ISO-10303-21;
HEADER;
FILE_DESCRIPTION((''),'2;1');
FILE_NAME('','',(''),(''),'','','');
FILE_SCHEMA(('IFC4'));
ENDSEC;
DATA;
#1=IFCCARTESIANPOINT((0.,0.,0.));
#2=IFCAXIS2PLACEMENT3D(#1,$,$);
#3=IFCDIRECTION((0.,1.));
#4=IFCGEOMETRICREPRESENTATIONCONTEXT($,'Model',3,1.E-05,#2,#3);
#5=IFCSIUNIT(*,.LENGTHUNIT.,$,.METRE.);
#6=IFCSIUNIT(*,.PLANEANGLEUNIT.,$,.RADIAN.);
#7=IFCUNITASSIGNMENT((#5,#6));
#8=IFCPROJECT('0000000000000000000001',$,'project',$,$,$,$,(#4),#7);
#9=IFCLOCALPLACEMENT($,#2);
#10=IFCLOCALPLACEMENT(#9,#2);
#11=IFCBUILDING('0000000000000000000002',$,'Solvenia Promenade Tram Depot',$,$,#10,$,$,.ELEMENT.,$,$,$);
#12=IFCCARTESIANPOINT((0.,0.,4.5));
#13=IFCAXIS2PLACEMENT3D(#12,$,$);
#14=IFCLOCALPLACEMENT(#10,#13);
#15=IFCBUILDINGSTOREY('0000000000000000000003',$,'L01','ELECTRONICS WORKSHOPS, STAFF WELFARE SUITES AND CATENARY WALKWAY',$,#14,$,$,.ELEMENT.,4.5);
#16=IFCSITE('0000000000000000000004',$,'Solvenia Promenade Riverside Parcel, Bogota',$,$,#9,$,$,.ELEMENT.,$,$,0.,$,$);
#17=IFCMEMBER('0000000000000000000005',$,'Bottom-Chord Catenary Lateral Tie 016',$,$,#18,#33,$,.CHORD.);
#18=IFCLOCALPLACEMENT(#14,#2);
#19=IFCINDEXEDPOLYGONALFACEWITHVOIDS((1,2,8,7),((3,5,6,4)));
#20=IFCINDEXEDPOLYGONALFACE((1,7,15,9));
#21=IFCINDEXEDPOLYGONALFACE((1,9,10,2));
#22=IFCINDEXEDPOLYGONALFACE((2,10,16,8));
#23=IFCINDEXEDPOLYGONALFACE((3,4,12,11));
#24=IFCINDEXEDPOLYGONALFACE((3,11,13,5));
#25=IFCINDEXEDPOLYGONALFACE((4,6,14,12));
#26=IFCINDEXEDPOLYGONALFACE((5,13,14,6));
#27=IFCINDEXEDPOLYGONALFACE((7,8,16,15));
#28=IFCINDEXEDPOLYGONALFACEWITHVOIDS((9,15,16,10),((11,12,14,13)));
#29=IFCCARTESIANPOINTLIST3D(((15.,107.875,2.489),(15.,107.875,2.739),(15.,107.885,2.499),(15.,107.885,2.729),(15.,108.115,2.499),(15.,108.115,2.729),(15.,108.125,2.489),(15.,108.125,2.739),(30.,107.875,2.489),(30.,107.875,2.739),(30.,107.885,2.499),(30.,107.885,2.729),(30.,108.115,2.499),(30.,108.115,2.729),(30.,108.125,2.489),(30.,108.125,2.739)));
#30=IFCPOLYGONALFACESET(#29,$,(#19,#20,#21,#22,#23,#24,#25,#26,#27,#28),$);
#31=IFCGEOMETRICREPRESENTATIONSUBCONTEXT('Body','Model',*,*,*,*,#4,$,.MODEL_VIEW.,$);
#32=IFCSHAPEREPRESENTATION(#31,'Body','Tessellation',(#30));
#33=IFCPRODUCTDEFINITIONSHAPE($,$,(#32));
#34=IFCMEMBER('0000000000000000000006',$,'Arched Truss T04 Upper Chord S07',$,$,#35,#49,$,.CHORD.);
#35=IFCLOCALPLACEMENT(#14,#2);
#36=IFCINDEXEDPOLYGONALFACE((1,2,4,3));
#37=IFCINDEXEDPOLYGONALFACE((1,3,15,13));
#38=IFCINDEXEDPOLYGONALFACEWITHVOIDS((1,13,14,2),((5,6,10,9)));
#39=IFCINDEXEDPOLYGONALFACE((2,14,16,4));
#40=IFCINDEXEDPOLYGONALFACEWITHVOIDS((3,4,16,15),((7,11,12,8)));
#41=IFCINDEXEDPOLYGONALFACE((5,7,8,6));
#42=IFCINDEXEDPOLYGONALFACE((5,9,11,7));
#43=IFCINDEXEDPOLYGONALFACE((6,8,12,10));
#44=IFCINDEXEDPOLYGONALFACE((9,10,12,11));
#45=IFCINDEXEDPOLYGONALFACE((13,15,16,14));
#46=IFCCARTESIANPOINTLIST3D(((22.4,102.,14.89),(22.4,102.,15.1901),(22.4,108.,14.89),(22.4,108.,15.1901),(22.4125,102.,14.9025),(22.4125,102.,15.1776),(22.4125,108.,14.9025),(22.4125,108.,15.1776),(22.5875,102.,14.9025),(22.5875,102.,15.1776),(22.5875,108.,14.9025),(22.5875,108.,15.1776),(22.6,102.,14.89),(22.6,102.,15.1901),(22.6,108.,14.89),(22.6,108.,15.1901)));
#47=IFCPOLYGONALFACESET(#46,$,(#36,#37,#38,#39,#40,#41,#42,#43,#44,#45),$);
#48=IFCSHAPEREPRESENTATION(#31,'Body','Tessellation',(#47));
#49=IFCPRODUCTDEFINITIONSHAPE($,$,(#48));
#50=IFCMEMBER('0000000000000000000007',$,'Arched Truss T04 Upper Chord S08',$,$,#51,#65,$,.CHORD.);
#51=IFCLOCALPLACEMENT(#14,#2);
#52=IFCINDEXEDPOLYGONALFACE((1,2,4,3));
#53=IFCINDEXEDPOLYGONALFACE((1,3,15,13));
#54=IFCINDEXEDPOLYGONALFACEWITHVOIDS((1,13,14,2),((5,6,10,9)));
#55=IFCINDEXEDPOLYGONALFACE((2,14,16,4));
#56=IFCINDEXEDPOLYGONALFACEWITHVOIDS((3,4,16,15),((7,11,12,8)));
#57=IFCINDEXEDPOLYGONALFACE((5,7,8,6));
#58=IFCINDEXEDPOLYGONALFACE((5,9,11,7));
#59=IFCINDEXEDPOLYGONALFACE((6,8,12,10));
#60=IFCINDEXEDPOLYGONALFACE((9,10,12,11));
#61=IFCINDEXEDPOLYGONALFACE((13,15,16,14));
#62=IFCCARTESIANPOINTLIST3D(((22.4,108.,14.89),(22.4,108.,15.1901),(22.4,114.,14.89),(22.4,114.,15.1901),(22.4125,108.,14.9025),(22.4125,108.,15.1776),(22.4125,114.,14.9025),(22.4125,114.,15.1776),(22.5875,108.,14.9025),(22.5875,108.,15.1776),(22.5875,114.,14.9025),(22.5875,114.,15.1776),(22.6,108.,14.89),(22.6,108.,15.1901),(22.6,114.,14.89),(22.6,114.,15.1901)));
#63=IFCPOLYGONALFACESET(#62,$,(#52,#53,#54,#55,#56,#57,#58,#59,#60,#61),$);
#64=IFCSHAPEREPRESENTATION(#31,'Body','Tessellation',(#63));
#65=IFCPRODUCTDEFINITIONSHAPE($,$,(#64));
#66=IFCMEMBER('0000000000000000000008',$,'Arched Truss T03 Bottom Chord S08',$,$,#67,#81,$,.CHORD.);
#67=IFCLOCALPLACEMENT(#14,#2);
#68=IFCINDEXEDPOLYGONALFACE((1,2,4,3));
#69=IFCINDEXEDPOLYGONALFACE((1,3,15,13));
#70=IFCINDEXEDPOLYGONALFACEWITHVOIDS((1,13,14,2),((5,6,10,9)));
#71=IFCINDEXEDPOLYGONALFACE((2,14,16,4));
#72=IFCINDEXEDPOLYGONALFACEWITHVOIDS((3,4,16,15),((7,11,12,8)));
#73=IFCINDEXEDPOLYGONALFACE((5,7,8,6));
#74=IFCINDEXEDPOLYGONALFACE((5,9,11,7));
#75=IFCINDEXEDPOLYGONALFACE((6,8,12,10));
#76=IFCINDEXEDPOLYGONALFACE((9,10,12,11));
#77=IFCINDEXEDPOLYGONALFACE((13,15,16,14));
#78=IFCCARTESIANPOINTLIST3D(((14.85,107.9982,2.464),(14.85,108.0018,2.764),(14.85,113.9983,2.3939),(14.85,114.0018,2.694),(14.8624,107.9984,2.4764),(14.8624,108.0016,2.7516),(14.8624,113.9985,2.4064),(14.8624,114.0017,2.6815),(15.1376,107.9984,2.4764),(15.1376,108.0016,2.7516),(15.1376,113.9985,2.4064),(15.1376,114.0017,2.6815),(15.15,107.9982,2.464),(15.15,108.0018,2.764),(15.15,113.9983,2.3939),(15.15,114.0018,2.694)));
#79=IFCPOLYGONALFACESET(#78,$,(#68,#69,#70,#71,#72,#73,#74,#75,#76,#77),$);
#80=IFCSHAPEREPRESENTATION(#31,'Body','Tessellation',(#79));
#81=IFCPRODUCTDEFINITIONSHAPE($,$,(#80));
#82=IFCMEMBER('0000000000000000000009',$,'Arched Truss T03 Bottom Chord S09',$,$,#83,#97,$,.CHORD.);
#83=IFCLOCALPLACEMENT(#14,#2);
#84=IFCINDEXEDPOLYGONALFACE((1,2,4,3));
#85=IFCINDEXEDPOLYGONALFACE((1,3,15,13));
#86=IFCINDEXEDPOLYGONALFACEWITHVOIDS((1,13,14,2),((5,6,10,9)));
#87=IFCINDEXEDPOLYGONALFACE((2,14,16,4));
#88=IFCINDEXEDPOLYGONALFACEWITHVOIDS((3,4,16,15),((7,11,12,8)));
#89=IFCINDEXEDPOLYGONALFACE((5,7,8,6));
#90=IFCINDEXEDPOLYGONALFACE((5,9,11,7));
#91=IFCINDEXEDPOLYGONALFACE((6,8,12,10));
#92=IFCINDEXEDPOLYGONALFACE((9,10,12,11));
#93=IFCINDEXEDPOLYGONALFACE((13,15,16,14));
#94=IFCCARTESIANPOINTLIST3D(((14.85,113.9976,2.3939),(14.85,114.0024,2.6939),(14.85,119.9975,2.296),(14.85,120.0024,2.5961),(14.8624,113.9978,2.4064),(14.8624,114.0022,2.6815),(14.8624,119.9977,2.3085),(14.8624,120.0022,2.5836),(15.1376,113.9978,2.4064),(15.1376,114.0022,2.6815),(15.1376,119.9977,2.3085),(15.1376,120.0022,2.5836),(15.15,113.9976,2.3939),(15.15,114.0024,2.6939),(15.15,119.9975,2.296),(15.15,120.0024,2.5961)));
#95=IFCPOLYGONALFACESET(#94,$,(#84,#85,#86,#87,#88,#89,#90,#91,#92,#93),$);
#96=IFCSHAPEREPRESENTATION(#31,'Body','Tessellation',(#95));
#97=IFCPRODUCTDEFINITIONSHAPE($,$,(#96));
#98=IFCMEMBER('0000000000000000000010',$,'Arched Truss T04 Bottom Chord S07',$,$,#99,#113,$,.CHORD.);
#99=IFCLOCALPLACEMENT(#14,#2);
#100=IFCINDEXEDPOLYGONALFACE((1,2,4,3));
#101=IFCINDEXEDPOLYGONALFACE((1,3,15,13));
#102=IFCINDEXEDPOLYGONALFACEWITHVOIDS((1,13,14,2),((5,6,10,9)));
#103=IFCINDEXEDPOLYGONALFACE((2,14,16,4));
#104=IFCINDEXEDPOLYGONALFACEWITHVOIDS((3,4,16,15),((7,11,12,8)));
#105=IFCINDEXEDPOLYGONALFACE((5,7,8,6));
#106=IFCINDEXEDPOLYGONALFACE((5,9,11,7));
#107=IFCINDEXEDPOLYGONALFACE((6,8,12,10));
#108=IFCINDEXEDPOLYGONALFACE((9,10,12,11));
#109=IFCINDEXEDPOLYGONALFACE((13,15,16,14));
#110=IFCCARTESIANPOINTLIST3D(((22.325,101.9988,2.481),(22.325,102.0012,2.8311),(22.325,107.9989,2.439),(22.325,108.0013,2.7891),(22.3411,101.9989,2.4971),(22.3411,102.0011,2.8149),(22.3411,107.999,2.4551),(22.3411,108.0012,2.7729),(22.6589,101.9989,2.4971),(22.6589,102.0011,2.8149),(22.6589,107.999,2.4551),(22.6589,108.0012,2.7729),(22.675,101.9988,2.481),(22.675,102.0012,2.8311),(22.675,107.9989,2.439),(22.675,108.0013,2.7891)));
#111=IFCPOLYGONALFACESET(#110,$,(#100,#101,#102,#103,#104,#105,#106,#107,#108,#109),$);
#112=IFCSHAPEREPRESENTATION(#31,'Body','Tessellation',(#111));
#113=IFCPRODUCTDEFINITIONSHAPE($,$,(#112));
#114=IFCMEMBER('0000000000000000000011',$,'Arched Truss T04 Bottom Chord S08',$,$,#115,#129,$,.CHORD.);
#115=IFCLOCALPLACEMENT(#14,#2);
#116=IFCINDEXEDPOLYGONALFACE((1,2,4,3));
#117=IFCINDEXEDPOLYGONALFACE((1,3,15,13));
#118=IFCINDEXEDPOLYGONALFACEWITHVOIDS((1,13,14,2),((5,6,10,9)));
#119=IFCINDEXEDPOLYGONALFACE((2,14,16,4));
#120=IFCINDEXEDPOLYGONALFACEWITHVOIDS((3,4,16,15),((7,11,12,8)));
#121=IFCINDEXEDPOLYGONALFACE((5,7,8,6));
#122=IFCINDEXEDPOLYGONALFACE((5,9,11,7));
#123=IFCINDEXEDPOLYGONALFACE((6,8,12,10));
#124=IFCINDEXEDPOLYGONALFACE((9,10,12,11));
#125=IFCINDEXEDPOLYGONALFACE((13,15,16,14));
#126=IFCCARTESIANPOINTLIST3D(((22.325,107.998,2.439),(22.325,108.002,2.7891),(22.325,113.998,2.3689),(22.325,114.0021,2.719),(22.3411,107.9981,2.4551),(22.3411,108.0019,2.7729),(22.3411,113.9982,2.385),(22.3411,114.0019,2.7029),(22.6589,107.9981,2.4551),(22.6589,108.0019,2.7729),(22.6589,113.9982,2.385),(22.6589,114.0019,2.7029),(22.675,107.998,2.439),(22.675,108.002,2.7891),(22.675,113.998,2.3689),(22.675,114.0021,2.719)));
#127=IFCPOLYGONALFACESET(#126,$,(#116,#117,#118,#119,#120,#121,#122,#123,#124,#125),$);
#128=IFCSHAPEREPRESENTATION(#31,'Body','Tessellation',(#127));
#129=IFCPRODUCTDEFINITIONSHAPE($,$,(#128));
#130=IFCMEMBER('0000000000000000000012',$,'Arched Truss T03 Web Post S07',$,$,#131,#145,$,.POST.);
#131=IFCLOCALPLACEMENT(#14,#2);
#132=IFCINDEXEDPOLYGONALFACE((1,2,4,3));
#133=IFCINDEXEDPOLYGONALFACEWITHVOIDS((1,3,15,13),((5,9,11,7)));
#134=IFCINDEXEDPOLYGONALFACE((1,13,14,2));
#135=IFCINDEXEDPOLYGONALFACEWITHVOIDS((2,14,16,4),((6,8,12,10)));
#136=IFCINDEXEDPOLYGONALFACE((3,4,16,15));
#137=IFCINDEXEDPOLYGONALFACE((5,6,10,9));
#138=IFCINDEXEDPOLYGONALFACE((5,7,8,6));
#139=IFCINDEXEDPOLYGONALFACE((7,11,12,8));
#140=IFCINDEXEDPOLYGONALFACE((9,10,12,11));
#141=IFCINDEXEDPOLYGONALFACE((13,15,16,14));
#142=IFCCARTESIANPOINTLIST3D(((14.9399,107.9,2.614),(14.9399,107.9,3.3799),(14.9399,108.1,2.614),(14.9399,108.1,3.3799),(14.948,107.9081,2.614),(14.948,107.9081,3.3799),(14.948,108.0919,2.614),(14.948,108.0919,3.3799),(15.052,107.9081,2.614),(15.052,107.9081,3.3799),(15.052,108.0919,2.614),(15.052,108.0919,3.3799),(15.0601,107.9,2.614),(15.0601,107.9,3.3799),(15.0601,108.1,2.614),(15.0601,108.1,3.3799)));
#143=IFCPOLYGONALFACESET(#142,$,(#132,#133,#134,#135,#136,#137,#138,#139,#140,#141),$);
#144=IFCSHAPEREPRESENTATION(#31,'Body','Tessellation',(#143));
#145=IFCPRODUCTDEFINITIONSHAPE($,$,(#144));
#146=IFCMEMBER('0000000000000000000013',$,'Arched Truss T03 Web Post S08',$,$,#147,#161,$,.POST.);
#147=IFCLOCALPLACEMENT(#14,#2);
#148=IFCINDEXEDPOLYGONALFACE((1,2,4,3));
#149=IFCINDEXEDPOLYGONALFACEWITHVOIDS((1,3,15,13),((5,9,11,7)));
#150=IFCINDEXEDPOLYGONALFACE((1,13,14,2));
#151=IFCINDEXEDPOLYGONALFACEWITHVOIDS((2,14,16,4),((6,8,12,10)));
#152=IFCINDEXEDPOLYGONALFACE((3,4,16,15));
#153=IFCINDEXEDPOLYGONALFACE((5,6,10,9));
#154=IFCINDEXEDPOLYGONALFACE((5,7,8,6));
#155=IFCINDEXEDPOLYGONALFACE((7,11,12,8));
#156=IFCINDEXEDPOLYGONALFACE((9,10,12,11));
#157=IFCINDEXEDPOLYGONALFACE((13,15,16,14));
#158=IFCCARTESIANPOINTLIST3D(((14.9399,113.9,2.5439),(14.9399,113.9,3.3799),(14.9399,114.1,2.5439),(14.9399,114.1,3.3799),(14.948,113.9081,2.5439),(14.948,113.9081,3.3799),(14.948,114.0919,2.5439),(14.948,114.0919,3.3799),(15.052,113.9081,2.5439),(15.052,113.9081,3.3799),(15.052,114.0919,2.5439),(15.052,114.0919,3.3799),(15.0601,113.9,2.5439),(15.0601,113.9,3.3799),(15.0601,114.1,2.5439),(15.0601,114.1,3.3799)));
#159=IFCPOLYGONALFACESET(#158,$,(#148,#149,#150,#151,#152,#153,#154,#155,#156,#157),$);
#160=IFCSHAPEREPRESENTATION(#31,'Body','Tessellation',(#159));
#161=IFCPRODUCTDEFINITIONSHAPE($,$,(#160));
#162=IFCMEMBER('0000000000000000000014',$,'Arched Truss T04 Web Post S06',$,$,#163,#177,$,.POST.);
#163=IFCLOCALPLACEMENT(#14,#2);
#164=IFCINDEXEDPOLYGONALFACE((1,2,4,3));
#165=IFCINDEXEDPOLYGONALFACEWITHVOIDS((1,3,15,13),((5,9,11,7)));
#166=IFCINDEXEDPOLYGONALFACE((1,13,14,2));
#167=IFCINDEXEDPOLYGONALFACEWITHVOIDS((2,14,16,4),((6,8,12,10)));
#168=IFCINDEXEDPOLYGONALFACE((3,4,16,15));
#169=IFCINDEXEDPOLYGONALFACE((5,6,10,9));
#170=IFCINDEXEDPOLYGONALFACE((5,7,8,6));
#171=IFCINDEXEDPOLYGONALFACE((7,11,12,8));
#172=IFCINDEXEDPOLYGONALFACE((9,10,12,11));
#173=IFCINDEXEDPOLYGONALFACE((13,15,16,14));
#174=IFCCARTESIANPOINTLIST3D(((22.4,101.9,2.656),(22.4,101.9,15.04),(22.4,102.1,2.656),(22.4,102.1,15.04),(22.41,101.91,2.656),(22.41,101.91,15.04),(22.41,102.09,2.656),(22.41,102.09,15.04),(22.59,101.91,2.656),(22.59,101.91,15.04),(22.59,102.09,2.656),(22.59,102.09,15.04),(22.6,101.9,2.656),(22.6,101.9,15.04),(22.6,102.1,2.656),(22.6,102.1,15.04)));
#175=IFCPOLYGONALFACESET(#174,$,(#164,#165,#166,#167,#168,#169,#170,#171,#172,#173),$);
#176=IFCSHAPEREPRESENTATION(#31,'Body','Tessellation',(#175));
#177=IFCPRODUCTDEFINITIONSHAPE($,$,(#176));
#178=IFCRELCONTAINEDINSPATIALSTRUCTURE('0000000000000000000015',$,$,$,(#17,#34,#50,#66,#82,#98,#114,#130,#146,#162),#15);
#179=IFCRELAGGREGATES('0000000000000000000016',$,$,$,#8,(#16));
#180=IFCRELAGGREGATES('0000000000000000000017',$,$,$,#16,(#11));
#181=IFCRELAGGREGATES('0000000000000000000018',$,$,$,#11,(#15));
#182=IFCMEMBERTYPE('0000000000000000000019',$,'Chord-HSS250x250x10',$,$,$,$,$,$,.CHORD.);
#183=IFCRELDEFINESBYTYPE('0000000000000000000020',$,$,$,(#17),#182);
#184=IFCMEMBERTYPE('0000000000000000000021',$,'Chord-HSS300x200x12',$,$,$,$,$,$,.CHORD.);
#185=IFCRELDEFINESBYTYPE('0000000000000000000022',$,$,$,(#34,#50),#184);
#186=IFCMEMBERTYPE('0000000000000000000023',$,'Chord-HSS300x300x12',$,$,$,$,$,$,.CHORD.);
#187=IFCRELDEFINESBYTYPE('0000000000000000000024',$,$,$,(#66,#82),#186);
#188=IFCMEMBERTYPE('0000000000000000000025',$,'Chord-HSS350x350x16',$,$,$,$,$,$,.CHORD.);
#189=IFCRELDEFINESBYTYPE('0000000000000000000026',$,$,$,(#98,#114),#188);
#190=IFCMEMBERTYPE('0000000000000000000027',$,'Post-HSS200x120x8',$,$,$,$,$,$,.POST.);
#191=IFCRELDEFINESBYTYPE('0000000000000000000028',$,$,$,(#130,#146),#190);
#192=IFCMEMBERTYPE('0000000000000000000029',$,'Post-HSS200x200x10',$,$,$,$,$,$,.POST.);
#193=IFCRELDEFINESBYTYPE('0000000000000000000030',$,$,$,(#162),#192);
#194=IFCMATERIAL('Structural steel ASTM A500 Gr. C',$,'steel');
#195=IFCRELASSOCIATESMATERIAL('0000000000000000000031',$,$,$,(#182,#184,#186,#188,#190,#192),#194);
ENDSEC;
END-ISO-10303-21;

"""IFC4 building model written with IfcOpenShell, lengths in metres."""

from ifc_helpers import new_model, si_unit, direction, frame, origin, origin_2d, place, context, subcontext, project, spatial, hollow_rectangle, extrude, material, material_profile, profile_set, type_object, element, save


model = new_model("IFC4")

# Units and contexts
model_context = context("Model", 3, precision=1e-05, world=origin(), true_north=direction((0.0, 1.0)))
body_context = subcontext(model_context, "Body", "Model", "MODEL_VIEW")
ifc_project = project(units=[si_unit("LENGTHUNIT", "METRE"), si_unit("PLANEANGLEUNIT", "RADIAN")], contexts=[model_context])

# Site, building, storey
site_placement = place(None, origin())
site = spatial("IfcSite", under=ifc_project, at=site_placement, Name="Solvenia Promenade Riverside Parcel, Bogota", CompositionType="ELEMENT", RefElevation=0.0)
building_placement = place(site_placement, origin())
building = spatial("IfcBuilding", under=site, at=building_placement, Name="Solvenia Promenade Tram Depot", CompositionType="ELEMENT")
storey_placement = place(building_placement, frame((0.0, 0.0, 4.5)))
storey = spatial("IfcBuildingStorey", under=building, at=storey_placement, Name="L01", Description="ELECTRONICS WORKSHOPS, STAFF WELFARE SUITES AND CATENARY WALKWAY", CompositionType="ELEMENT", Elevation=4.5)

# Members
ifc_material_1 = material(Name="Structural steel ASTM A500 Gr. C", Category="steel")
ifc_material_profile_1 = material_profile(ifc_material_1, hollow_rectangle(XDim=0.25, YDim=0.25, WallThickness=0.01, at=origin_2d()), Name="HSS250x250x10", Category="steel")
ifc_profile_set_1 = profile_set([ifc_material_profile_1], Name="Structural steel ASTM A500 Gr. C")
member_type_1 = type_object("IfcMemberType", Name="Chord-HSS250x250x10", PredefinedType="CHORD", material=ifc_profile_set_1)
member_1_placement = place(storey_placement, frame((15.0, 108.0, 2.614), z_axis=(1.0, 0.0, 0.0), x_axis=(0.0, 1.0, 0.0)))
element("IfcMember", 1, at=member_1_placement, inside=storey, type_object=member_type_1, Name="Bottom-Chord Catenary Lateral Tie 016", PredefinedType="CHORD", context=body_context, shape_type="SweptSolid", body=[
    extrude(hollow_rectangle(XDim=0.25, YDim=0.25, WallThickness=0.01, at=origin_2d()), origin(), (0.0, 0.0, 1.0), 15.0),
])
ifc_material_profile_2 = material_profile(ifc_material_1, hollow_rectangle(XDim=0.2, YDim=0.3, WallThickness=0.0125, at=origin_2d()), Name="HSS300x200x12.5", Category="steel")
ifc_profile_set_2 = profile_set([ifc_material_profile_2], Name="Structural steel ASTM A500 Gr. C")
member_type_2 = type_object("IfcMemberType", Name="Chord-HSS300x200x12", PredefinedType="CHORD", material=ifc_profile_set_2)
for number, where, z_axis, x_axis, name in (
    (2, (22.5, 102.0, 15.04), (0.0, 1.0, 0.0), (-1.0, 0.0, 0.0), "Arched Truss T04 Upper Chord S07"),
    (3, (22.5, 108.0, 15.04), (0.0, 1.0, 0.0), (-1.0, 0.0, 0.0), "Arched Truss T04 Upper Chord S08"),
):
    element("IfcMember", number, at=place(storey_placement, frame(where, z_axis=z_axis, x_axis=x_axis)), inside=storey, type_object=member_type_2, Name=name, PredefinedType="CHORD", context=body_context, shape_type="SweptSolid", body=[
        extrude(hollow_rectangle(XDim=0.2, YDim=0.3, WallThickness=0.0125, at=origin_2d()), origin(), (0.0, 0.0, 1.0), 6.0),
    ])
ifc_material_profile_3 = material_profile(ifc_material_1, hollow_rectangle(XDim=0.3, YDim=0.3, WallThickness=0.0125, at=origin_2d()), Name="HSS300x300x12.5", Category="steel")
ifc_profile_set_3 = profile_set([ifc_material_profile_3], Name="Structural steel ASTM A500 Gr. C")
member_type_3 = type_object("IfcMemberType", Name="Chord-HSS300x300x12", PredefinedType="CHORD", material=ifc_profile_set_3)
member_2_placement = place(storey_placement, frame((15.0, 108.0, 2.614), z_axis=(0.0, 0.999932, -0.011677), x_axis=(-1.0, 0.0, 0.0)))
element("IfcMember", 4, at=member_2_placement, inside=storey, type_object=member_type_3, Name="Arched Truss T03 Bottom Chord S08", PredefinedType="CHORD", context=body_context, shape_type="SweptSolid", body=[
    extrude(hollow_rectangle(XDim=0.3, YDim=0.3, WallThickness=0.0125, at=origin_2d()), origin(), (0.0, 0.0, 1.0), 6.0005),
])
member_3_placement = place(storey_placement, frame((15.0, 114.0, 2.5439), z_axis=(0.0, 0.999867, -0.016315), x_axis=(-1.0, 0.0, 0.0)))
element("IfcMember", 5, at=member_3_placement, inside=storey, type_object=member_type_3, Name="Arched Truss T03 Bottom Chord S09", PredefinedType="CHORD", context=body_context, shape_type="SweptSolid", body=[
    extrude(hollow_rectangle(XDim=0.3, YDim=0.3, WallThickness=0.0125, at=origin_2d()), origin(), (0.0, 0.0, 1.0), 6.0007),
])
ifc_material_profile_4 = material_profile(ifc_material_1, hollow_rectangle(XDim=0.3501, YDim=0.3501, WallThickness=0.0161, at=origin_2d()), Name="HSS350x350x16", Category="steel")
ifc_profile_set_4 = profile_set([ifc_material_profile_4], Name="Structural steel ASTM A500 Gr. C")
member_type_4 = type_object("IfcMemberType", Name="Chord-HSS350x350x16", PredefinedType="CHORD", material=ifc_profile_set_4)
member_4_placement = place(storey_placement, frame((22.5, 102.0, 2.656), z_axis=(0.0, 0.999976, -0.006999), x_axis=(-1.0, 0.0, 0.0)))
element("IfcMember", 6, at=member_4_placement, inside=storey, type_object=member_type_4, Name="Arched Truss T04 Bottom Chord S07", PredefinedType="CHORD", context=body_context, shape_type="SweptSolid", body=[
    extrude(hollow_rectangle(XDim=0.3501, YDim=0.3501, WallThickness=0.0161, at=origin_2d()), origin(), (0.0, 0.0, 1.0), 6.0002),
])
member_5_placement = place(storey_placement, frame((22.5, 108.0, 2.614), z_axis=(0.0, 0.999932, -0.011677), x_axis=(-1.0, 0.0, 0.0)))
element("IfcMember", 7, at=member_5_placement, inside=storey, type_object=member_type_4, Name="Arched Truss T04 Bottom Chord S08", PredefinedType="CHORD", context=body_context, shape_type="SweptSolid", body=[
    extrude(hollow_rectangle(XDim=0.3501, YDim=0.3501, WallThickness=0.0161, at=origin_2d()), origin(), (0.0, 0.0, 1.0), 6.0005),
])
ifc_material_profile_5 = material_profile(ifc_material_1, hollow_rectangle(XDim=0.1201, YDim=0.2, WallThickness=0.0081, at=origin_2d()), Name="HSS200x120x8", Category="steel")
ifc_profile_set_5 = profile_set([ifc_material_profile_5], Name="Structural steel ASTM A500 Gr. C")
member_type_5 = type_object("IfcMemberType", Name="Post-HSS200x120x8", PredefinedType="POST", material=ifc_profile_set_5)
member_6_placement = place(storey_placement, frame((15.0, 108.0, 2.614), z_axis=(0.0, 0.0, 1.0), x_axis=(1.0, 0.0, 0.0)))
element("IfcMember", 8, at=member_6_placement, inside=storey, type_object=member_type_5, Name="Arched Truss T03 Web Post S07", PredefinedType="POST", context=body_context, shape_type="SweptSolid", body=[
    extrude(hollow_rectangle(XDim=0.1201, YDim=0.2, WallThickness=0.0081, at=origin_2d()), origin(), (0.0, 0.0, 1.0), 0.7659),
])
member_7_placement = place(storey_placement, frame((15.0, 114.0, 2.5439), z_axis=(0.0, 0.0, 1.0), x_axis=(1.0, 0.0, 0.0)))
element("IfcMember", 9, at=member_7_placement, inside=storey, type_object=member_type_5, Name="Arched Truss T03 Web Post S08", PredefinedType="POST", context=body_context, shape_type="SweptSolid", body=[
    extrude(hollow_rectangle(XDim=0.1201, YDim=0.2, WallThickness=0.0081, at=origin_2d()), origin(), (0.0, 0.0, 1.0), 0.8359),
])
ifc_material_profile_6 = material_profile(ifc_material_1, hollow_rectangle(XDim=0.2, YDim=0.2, WallThickness=0.01, at=origin_2d()), Name="HSS200x200x10", Category="steel")
ifc_profile_set_6 = profile_set([ifc_material_profile_6], Name="Structural steel ASTM A500 Gr. C")
member_type_6 = type_object("IfcMemberType", Name="Post-HSS200x200x10", PredefinedType="POST", material=ifc_profile_set_6)
member_8_placement = place(storey_placement, frame((22.5, 102.0, 2.656), z_axis=(0.0, 0.0, 1.0), x_axis=(1.0, 0.0, 0.0)))
element("IfcMember", 10, at=member_8_placement, inside=storey, type_object=member_type_6, Name="Arched Truss T04 Web Post S06", PredefinedType="POST", context=body_context, shape_type="SweptSolid", body=[
    extrude(hollow_rectangle(XDim=0.2, YDim=0.2, WallThickness=0.01, at=origin_2d()), origin(), (0.0, 0.0, 1.0), 12.384),
])

save(model, "model.ifc")
